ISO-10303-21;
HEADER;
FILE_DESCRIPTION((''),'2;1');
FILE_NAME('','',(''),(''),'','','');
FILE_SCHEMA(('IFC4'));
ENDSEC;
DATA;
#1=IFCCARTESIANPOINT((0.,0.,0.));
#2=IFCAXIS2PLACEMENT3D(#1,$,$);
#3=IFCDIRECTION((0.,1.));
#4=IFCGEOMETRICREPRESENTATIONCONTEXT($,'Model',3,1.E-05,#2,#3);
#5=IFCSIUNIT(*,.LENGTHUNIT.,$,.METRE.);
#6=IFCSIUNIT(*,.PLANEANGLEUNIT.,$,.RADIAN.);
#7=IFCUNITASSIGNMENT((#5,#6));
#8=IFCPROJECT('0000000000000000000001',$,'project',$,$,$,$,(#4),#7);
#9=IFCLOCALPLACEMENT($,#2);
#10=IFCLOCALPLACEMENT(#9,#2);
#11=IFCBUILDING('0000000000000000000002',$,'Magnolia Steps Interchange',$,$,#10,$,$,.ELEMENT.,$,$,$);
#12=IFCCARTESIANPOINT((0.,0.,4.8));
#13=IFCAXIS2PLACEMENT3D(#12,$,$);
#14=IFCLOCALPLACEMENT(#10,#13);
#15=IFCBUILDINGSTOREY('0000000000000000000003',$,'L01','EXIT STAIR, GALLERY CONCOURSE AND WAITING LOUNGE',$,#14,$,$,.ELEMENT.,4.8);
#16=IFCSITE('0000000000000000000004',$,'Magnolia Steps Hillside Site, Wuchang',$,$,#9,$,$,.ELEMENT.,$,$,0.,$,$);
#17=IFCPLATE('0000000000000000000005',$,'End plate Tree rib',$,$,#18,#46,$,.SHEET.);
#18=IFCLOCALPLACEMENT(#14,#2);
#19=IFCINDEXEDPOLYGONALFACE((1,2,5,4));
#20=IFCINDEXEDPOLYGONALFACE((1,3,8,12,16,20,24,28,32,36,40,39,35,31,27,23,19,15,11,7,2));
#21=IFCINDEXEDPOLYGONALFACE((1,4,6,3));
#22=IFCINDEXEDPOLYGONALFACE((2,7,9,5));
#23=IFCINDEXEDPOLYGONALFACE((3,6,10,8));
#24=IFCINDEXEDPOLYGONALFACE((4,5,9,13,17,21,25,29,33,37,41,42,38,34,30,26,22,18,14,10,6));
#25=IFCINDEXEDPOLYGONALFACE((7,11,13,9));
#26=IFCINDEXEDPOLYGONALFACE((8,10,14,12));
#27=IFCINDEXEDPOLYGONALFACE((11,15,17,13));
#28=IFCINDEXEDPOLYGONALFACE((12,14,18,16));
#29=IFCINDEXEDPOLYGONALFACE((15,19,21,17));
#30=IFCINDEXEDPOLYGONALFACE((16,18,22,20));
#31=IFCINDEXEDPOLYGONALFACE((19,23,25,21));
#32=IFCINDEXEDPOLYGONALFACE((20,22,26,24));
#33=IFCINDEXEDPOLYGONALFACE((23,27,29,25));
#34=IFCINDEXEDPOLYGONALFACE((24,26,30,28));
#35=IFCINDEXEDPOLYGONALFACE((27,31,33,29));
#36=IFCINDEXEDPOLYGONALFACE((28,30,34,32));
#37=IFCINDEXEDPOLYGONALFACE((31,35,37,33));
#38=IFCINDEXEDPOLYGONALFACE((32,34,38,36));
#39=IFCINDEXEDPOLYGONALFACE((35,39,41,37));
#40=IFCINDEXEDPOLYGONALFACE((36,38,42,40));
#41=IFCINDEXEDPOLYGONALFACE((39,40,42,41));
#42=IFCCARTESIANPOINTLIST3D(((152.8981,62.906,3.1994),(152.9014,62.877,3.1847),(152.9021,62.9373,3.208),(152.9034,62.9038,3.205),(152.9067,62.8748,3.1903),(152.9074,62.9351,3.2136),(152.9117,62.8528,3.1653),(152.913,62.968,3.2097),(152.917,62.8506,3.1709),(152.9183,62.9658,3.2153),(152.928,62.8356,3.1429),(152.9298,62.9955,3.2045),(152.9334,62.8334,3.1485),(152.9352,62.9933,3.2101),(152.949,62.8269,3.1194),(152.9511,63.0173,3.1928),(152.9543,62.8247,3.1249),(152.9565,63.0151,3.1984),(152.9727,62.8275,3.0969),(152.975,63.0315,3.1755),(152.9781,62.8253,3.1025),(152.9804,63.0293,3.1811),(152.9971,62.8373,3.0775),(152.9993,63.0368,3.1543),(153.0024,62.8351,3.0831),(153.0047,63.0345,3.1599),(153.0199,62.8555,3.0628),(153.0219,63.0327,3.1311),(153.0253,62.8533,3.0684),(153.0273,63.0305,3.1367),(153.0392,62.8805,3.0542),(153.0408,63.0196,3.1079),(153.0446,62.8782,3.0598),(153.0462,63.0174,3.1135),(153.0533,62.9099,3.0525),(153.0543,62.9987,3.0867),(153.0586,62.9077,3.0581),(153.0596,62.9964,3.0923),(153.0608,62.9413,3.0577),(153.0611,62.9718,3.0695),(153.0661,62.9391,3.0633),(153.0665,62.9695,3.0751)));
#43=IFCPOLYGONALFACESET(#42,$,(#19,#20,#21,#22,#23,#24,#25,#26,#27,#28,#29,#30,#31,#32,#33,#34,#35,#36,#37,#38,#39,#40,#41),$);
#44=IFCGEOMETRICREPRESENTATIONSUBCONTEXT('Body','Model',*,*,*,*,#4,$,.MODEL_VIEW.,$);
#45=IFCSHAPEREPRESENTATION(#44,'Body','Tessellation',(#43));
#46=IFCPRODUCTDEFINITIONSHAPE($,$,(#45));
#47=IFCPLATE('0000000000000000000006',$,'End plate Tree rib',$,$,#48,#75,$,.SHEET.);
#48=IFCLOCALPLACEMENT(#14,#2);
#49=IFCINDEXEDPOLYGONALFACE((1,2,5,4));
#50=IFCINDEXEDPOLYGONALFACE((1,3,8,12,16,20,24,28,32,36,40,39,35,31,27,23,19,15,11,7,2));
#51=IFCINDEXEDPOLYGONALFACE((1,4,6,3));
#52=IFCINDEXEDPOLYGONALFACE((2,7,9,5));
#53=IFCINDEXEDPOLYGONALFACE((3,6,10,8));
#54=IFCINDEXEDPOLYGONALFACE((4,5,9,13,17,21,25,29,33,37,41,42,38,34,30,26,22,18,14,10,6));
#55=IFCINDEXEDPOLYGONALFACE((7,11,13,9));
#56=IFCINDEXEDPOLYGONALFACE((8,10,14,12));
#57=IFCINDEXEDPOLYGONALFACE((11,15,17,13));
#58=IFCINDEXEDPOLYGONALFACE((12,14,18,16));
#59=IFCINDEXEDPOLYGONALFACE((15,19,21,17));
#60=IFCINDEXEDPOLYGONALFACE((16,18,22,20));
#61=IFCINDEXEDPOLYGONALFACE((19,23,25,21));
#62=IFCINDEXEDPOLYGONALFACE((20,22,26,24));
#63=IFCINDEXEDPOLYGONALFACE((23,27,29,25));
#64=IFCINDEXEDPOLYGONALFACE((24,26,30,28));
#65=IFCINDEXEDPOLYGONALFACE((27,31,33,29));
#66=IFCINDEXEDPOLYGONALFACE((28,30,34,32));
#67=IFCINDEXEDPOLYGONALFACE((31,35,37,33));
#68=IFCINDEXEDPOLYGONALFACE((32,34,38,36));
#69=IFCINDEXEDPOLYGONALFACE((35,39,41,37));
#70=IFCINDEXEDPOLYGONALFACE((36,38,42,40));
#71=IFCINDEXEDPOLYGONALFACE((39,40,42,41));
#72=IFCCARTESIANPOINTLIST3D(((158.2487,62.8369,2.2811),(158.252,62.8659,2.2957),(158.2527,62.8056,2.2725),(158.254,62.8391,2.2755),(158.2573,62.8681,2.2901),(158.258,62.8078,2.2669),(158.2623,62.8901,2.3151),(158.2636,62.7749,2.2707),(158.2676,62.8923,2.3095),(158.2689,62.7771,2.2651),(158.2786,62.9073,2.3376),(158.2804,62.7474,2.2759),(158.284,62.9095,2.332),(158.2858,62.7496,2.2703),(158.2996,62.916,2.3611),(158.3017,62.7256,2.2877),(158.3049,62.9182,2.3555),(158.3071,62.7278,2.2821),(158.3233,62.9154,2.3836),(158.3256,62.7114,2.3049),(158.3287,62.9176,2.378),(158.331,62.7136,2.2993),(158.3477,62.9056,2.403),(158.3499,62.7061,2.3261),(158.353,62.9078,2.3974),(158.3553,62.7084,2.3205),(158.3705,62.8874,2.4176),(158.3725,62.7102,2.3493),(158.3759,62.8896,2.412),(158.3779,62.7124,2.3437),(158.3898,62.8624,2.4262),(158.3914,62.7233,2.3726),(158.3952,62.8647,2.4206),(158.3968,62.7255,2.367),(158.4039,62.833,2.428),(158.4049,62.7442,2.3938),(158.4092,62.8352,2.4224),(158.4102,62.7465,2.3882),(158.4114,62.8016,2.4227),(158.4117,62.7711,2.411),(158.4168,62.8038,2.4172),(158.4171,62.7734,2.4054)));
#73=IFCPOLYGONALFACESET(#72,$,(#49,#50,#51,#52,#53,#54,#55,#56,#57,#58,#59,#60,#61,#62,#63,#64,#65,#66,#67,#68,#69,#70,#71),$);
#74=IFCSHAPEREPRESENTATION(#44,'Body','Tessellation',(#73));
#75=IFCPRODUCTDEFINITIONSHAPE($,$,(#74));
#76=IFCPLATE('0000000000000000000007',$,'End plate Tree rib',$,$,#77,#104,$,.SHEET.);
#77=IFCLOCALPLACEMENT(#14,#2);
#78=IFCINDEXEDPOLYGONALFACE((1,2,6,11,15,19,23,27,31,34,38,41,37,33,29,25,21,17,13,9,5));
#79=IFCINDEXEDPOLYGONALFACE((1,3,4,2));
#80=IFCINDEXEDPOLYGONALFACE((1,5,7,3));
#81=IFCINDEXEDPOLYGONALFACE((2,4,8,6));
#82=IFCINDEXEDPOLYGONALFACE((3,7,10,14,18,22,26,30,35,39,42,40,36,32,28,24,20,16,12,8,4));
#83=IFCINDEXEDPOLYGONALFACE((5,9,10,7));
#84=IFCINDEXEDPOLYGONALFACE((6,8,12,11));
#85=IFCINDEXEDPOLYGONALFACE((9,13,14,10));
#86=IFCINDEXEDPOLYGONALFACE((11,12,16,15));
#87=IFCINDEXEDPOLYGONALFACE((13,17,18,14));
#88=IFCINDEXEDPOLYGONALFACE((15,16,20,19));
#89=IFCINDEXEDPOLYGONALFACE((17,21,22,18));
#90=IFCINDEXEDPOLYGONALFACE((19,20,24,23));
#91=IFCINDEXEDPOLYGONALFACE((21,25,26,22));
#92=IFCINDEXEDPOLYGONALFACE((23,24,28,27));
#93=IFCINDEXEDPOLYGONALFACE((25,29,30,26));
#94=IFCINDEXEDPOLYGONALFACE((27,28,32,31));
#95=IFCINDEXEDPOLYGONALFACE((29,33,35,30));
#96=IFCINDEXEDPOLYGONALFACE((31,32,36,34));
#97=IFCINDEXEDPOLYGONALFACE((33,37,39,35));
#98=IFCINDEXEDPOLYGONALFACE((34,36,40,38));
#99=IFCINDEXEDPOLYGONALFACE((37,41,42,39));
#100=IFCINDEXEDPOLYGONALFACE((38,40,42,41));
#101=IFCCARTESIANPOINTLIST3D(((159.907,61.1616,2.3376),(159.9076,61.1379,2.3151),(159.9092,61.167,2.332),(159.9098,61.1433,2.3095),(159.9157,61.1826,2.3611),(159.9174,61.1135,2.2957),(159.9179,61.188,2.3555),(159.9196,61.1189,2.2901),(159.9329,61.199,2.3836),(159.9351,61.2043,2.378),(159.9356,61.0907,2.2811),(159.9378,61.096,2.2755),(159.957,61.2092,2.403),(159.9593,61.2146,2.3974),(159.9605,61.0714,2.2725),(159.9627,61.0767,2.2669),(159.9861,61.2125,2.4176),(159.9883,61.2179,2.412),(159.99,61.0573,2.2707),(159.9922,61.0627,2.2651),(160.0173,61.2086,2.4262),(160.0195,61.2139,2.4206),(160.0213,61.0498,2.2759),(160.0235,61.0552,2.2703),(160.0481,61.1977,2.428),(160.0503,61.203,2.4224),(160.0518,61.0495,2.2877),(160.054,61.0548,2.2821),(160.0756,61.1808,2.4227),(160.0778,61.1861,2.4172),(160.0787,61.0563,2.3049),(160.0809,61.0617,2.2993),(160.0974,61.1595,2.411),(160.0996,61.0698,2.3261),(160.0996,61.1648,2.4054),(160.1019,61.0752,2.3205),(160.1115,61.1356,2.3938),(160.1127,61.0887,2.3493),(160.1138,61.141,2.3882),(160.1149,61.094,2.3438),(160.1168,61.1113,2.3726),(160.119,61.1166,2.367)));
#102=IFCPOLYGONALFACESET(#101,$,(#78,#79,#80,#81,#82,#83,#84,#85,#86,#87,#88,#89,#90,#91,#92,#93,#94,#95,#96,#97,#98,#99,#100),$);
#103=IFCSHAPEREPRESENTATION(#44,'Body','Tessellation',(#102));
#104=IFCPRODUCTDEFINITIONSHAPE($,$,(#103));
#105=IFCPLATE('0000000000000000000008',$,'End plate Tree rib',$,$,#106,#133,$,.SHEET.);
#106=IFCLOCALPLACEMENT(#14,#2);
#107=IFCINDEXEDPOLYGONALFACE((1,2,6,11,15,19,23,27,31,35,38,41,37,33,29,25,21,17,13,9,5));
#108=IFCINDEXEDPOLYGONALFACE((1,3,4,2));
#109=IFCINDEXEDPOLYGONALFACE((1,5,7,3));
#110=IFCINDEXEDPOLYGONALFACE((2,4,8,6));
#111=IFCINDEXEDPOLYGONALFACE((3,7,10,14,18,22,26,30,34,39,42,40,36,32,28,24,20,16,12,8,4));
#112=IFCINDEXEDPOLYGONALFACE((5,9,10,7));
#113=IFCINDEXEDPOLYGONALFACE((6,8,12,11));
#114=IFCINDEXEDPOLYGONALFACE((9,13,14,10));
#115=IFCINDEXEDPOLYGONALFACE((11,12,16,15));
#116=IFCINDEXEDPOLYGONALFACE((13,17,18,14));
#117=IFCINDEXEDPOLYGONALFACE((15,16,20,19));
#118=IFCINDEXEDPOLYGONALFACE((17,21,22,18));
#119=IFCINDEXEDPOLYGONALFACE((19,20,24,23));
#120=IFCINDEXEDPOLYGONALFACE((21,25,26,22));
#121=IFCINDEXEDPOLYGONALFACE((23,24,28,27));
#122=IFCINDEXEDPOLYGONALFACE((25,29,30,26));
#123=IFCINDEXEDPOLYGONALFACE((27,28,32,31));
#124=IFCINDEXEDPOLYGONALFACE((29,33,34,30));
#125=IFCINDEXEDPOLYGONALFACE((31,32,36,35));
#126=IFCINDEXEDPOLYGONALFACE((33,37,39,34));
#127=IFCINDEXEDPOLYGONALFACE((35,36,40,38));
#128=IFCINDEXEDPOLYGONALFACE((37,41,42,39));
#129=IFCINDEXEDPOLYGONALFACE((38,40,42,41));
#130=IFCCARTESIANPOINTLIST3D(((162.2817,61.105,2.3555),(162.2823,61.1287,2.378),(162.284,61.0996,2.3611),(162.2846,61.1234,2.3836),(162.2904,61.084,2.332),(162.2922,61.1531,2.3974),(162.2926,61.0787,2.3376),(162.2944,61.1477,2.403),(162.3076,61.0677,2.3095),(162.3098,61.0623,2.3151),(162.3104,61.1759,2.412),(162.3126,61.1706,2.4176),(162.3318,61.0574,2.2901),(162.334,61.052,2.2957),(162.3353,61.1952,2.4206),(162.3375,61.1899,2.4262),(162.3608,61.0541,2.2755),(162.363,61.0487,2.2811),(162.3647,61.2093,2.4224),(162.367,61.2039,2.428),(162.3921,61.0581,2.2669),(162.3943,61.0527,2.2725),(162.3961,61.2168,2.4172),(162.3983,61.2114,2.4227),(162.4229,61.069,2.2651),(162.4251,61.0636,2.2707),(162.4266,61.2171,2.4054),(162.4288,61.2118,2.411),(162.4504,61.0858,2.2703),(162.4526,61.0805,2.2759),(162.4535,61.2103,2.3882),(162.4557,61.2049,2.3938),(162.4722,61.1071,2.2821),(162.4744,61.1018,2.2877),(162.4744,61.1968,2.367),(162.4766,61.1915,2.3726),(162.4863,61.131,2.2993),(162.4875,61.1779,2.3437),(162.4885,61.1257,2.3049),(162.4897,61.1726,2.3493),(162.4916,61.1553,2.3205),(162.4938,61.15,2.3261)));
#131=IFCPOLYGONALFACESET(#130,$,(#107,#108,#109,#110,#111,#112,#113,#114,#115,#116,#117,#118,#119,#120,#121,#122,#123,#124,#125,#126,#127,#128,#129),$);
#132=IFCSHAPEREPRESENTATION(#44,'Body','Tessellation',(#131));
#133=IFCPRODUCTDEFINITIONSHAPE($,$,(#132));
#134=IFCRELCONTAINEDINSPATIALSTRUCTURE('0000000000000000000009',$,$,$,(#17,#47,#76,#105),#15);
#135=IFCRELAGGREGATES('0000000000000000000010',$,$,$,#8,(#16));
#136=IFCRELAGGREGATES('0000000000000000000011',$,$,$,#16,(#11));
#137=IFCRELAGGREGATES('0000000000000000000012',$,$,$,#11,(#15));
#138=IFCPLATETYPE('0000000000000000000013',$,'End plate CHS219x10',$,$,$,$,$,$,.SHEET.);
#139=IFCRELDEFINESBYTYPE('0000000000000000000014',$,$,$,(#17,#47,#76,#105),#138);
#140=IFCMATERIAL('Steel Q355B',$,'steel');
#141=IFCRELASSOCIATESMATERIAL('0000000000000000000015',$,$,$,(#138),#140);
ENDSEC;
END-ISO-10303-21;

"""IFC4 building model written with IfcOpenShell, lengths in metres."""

from ifc_helpers import new_model, si_unit, direction, frame, origin, origin_2d, place, context, subcontext, project, spatial, circle, extrude, material, material_profile, profile_set, type_object, element, save


model = new_model("IFC4")

# Units and contexts
model_context = context("Model", 3, precision=1e-05, world=origin(), true_north=direction((0.0, 1.0)))
body_context = subcontext(model_context, "Body", "Model", "MODEL_VIEW")
ifc_project = project(units=[si_unit("LENGTHUNIT", "METRE"), si_unit("PLANEANGLEUNIT", "RADIAN")], contexts=[model_context])

# Site, building, storey
site_placement = place(None, origin())
site = spatial("IfcSite", under=ifc_project, at=site_placement, Name="Magnolia Steps Hillside Site, Wuchang", CompositionType="ELEMENT", RefElevation=0.0)
building_placement = place(site_placement, origin())
building = spatial("IfcBuilding", under=site, at=building_placement, Name="Magnolia Steps Interchange", CompositionType="ELEMENT")
storey_placement = place(building_placement, frame((0.0, 0.0, 4.8)))
storey = spatial("IfcBuildingStorey", under=building, at=storey_placement, Name="L01", Description="EXIT STAIR, GALLERY CONCOURSE AND WAITING LOUNGE", CompositionType="ELEMENT", Elevation=4.8)

# Plates
ifc_material_1 = material(Name="Steel Q355B", Category="steel")
ifc_material_profile_1 = material_profile(ifc_material_1, circle(Radius=0.1096, at=origin_2d()), Name="End plate CHS219x10")
ifc_profile_set_1 = profile_set([ifc_material_profile_1], Name="Steel Q355B")
plate_type = type_object("IfcPlateType", Name="End plate CHS219x10", PredefinedType="SHEET", material=ifc_profile_set_1)
for number, where, z_axis, x_axis, name in (
    (1, (152.98, 62.9314, 3.1311), (0.664583, -0.275279, 0.694658), (0.382683, 0.92388, 0.0), "End plate Tree rib"),
    (2, (158.3359, 62.8137, 2.3438), (-0.664583, -0.275279, 0.694658), (0.382683, -0.92388, 0.0), "End plate Tree rib"),
    (3, (160.0137, 61.136, 2.3438), (-0.275279, -0.664583, 0.694658), (0.92388, -0.382683, 0.0), "End plate Tree rib"),
    (4, (162.3862, 61.136, 2.3438), (0.275279, -0.664583, 0.694658), (0.92388, 0.382683, 0.0), "End plate Tree rib"),
):
    element("IfcPlate", number, at=place(storey_placement, frame(where, z_axis=z_axis, x_axis=x_axis)), inside=storey, type_object=plate_type, Name=name, PredefinedType="SHEET", context=body_context, shape_type="SweptSolid", body=[
        extrude(circle(Radius=0.1096, at=origin_2d()), origin(), (0.0, 0.0, 1.0), 0.0081),
    ])

save(model, "model.ifc")
